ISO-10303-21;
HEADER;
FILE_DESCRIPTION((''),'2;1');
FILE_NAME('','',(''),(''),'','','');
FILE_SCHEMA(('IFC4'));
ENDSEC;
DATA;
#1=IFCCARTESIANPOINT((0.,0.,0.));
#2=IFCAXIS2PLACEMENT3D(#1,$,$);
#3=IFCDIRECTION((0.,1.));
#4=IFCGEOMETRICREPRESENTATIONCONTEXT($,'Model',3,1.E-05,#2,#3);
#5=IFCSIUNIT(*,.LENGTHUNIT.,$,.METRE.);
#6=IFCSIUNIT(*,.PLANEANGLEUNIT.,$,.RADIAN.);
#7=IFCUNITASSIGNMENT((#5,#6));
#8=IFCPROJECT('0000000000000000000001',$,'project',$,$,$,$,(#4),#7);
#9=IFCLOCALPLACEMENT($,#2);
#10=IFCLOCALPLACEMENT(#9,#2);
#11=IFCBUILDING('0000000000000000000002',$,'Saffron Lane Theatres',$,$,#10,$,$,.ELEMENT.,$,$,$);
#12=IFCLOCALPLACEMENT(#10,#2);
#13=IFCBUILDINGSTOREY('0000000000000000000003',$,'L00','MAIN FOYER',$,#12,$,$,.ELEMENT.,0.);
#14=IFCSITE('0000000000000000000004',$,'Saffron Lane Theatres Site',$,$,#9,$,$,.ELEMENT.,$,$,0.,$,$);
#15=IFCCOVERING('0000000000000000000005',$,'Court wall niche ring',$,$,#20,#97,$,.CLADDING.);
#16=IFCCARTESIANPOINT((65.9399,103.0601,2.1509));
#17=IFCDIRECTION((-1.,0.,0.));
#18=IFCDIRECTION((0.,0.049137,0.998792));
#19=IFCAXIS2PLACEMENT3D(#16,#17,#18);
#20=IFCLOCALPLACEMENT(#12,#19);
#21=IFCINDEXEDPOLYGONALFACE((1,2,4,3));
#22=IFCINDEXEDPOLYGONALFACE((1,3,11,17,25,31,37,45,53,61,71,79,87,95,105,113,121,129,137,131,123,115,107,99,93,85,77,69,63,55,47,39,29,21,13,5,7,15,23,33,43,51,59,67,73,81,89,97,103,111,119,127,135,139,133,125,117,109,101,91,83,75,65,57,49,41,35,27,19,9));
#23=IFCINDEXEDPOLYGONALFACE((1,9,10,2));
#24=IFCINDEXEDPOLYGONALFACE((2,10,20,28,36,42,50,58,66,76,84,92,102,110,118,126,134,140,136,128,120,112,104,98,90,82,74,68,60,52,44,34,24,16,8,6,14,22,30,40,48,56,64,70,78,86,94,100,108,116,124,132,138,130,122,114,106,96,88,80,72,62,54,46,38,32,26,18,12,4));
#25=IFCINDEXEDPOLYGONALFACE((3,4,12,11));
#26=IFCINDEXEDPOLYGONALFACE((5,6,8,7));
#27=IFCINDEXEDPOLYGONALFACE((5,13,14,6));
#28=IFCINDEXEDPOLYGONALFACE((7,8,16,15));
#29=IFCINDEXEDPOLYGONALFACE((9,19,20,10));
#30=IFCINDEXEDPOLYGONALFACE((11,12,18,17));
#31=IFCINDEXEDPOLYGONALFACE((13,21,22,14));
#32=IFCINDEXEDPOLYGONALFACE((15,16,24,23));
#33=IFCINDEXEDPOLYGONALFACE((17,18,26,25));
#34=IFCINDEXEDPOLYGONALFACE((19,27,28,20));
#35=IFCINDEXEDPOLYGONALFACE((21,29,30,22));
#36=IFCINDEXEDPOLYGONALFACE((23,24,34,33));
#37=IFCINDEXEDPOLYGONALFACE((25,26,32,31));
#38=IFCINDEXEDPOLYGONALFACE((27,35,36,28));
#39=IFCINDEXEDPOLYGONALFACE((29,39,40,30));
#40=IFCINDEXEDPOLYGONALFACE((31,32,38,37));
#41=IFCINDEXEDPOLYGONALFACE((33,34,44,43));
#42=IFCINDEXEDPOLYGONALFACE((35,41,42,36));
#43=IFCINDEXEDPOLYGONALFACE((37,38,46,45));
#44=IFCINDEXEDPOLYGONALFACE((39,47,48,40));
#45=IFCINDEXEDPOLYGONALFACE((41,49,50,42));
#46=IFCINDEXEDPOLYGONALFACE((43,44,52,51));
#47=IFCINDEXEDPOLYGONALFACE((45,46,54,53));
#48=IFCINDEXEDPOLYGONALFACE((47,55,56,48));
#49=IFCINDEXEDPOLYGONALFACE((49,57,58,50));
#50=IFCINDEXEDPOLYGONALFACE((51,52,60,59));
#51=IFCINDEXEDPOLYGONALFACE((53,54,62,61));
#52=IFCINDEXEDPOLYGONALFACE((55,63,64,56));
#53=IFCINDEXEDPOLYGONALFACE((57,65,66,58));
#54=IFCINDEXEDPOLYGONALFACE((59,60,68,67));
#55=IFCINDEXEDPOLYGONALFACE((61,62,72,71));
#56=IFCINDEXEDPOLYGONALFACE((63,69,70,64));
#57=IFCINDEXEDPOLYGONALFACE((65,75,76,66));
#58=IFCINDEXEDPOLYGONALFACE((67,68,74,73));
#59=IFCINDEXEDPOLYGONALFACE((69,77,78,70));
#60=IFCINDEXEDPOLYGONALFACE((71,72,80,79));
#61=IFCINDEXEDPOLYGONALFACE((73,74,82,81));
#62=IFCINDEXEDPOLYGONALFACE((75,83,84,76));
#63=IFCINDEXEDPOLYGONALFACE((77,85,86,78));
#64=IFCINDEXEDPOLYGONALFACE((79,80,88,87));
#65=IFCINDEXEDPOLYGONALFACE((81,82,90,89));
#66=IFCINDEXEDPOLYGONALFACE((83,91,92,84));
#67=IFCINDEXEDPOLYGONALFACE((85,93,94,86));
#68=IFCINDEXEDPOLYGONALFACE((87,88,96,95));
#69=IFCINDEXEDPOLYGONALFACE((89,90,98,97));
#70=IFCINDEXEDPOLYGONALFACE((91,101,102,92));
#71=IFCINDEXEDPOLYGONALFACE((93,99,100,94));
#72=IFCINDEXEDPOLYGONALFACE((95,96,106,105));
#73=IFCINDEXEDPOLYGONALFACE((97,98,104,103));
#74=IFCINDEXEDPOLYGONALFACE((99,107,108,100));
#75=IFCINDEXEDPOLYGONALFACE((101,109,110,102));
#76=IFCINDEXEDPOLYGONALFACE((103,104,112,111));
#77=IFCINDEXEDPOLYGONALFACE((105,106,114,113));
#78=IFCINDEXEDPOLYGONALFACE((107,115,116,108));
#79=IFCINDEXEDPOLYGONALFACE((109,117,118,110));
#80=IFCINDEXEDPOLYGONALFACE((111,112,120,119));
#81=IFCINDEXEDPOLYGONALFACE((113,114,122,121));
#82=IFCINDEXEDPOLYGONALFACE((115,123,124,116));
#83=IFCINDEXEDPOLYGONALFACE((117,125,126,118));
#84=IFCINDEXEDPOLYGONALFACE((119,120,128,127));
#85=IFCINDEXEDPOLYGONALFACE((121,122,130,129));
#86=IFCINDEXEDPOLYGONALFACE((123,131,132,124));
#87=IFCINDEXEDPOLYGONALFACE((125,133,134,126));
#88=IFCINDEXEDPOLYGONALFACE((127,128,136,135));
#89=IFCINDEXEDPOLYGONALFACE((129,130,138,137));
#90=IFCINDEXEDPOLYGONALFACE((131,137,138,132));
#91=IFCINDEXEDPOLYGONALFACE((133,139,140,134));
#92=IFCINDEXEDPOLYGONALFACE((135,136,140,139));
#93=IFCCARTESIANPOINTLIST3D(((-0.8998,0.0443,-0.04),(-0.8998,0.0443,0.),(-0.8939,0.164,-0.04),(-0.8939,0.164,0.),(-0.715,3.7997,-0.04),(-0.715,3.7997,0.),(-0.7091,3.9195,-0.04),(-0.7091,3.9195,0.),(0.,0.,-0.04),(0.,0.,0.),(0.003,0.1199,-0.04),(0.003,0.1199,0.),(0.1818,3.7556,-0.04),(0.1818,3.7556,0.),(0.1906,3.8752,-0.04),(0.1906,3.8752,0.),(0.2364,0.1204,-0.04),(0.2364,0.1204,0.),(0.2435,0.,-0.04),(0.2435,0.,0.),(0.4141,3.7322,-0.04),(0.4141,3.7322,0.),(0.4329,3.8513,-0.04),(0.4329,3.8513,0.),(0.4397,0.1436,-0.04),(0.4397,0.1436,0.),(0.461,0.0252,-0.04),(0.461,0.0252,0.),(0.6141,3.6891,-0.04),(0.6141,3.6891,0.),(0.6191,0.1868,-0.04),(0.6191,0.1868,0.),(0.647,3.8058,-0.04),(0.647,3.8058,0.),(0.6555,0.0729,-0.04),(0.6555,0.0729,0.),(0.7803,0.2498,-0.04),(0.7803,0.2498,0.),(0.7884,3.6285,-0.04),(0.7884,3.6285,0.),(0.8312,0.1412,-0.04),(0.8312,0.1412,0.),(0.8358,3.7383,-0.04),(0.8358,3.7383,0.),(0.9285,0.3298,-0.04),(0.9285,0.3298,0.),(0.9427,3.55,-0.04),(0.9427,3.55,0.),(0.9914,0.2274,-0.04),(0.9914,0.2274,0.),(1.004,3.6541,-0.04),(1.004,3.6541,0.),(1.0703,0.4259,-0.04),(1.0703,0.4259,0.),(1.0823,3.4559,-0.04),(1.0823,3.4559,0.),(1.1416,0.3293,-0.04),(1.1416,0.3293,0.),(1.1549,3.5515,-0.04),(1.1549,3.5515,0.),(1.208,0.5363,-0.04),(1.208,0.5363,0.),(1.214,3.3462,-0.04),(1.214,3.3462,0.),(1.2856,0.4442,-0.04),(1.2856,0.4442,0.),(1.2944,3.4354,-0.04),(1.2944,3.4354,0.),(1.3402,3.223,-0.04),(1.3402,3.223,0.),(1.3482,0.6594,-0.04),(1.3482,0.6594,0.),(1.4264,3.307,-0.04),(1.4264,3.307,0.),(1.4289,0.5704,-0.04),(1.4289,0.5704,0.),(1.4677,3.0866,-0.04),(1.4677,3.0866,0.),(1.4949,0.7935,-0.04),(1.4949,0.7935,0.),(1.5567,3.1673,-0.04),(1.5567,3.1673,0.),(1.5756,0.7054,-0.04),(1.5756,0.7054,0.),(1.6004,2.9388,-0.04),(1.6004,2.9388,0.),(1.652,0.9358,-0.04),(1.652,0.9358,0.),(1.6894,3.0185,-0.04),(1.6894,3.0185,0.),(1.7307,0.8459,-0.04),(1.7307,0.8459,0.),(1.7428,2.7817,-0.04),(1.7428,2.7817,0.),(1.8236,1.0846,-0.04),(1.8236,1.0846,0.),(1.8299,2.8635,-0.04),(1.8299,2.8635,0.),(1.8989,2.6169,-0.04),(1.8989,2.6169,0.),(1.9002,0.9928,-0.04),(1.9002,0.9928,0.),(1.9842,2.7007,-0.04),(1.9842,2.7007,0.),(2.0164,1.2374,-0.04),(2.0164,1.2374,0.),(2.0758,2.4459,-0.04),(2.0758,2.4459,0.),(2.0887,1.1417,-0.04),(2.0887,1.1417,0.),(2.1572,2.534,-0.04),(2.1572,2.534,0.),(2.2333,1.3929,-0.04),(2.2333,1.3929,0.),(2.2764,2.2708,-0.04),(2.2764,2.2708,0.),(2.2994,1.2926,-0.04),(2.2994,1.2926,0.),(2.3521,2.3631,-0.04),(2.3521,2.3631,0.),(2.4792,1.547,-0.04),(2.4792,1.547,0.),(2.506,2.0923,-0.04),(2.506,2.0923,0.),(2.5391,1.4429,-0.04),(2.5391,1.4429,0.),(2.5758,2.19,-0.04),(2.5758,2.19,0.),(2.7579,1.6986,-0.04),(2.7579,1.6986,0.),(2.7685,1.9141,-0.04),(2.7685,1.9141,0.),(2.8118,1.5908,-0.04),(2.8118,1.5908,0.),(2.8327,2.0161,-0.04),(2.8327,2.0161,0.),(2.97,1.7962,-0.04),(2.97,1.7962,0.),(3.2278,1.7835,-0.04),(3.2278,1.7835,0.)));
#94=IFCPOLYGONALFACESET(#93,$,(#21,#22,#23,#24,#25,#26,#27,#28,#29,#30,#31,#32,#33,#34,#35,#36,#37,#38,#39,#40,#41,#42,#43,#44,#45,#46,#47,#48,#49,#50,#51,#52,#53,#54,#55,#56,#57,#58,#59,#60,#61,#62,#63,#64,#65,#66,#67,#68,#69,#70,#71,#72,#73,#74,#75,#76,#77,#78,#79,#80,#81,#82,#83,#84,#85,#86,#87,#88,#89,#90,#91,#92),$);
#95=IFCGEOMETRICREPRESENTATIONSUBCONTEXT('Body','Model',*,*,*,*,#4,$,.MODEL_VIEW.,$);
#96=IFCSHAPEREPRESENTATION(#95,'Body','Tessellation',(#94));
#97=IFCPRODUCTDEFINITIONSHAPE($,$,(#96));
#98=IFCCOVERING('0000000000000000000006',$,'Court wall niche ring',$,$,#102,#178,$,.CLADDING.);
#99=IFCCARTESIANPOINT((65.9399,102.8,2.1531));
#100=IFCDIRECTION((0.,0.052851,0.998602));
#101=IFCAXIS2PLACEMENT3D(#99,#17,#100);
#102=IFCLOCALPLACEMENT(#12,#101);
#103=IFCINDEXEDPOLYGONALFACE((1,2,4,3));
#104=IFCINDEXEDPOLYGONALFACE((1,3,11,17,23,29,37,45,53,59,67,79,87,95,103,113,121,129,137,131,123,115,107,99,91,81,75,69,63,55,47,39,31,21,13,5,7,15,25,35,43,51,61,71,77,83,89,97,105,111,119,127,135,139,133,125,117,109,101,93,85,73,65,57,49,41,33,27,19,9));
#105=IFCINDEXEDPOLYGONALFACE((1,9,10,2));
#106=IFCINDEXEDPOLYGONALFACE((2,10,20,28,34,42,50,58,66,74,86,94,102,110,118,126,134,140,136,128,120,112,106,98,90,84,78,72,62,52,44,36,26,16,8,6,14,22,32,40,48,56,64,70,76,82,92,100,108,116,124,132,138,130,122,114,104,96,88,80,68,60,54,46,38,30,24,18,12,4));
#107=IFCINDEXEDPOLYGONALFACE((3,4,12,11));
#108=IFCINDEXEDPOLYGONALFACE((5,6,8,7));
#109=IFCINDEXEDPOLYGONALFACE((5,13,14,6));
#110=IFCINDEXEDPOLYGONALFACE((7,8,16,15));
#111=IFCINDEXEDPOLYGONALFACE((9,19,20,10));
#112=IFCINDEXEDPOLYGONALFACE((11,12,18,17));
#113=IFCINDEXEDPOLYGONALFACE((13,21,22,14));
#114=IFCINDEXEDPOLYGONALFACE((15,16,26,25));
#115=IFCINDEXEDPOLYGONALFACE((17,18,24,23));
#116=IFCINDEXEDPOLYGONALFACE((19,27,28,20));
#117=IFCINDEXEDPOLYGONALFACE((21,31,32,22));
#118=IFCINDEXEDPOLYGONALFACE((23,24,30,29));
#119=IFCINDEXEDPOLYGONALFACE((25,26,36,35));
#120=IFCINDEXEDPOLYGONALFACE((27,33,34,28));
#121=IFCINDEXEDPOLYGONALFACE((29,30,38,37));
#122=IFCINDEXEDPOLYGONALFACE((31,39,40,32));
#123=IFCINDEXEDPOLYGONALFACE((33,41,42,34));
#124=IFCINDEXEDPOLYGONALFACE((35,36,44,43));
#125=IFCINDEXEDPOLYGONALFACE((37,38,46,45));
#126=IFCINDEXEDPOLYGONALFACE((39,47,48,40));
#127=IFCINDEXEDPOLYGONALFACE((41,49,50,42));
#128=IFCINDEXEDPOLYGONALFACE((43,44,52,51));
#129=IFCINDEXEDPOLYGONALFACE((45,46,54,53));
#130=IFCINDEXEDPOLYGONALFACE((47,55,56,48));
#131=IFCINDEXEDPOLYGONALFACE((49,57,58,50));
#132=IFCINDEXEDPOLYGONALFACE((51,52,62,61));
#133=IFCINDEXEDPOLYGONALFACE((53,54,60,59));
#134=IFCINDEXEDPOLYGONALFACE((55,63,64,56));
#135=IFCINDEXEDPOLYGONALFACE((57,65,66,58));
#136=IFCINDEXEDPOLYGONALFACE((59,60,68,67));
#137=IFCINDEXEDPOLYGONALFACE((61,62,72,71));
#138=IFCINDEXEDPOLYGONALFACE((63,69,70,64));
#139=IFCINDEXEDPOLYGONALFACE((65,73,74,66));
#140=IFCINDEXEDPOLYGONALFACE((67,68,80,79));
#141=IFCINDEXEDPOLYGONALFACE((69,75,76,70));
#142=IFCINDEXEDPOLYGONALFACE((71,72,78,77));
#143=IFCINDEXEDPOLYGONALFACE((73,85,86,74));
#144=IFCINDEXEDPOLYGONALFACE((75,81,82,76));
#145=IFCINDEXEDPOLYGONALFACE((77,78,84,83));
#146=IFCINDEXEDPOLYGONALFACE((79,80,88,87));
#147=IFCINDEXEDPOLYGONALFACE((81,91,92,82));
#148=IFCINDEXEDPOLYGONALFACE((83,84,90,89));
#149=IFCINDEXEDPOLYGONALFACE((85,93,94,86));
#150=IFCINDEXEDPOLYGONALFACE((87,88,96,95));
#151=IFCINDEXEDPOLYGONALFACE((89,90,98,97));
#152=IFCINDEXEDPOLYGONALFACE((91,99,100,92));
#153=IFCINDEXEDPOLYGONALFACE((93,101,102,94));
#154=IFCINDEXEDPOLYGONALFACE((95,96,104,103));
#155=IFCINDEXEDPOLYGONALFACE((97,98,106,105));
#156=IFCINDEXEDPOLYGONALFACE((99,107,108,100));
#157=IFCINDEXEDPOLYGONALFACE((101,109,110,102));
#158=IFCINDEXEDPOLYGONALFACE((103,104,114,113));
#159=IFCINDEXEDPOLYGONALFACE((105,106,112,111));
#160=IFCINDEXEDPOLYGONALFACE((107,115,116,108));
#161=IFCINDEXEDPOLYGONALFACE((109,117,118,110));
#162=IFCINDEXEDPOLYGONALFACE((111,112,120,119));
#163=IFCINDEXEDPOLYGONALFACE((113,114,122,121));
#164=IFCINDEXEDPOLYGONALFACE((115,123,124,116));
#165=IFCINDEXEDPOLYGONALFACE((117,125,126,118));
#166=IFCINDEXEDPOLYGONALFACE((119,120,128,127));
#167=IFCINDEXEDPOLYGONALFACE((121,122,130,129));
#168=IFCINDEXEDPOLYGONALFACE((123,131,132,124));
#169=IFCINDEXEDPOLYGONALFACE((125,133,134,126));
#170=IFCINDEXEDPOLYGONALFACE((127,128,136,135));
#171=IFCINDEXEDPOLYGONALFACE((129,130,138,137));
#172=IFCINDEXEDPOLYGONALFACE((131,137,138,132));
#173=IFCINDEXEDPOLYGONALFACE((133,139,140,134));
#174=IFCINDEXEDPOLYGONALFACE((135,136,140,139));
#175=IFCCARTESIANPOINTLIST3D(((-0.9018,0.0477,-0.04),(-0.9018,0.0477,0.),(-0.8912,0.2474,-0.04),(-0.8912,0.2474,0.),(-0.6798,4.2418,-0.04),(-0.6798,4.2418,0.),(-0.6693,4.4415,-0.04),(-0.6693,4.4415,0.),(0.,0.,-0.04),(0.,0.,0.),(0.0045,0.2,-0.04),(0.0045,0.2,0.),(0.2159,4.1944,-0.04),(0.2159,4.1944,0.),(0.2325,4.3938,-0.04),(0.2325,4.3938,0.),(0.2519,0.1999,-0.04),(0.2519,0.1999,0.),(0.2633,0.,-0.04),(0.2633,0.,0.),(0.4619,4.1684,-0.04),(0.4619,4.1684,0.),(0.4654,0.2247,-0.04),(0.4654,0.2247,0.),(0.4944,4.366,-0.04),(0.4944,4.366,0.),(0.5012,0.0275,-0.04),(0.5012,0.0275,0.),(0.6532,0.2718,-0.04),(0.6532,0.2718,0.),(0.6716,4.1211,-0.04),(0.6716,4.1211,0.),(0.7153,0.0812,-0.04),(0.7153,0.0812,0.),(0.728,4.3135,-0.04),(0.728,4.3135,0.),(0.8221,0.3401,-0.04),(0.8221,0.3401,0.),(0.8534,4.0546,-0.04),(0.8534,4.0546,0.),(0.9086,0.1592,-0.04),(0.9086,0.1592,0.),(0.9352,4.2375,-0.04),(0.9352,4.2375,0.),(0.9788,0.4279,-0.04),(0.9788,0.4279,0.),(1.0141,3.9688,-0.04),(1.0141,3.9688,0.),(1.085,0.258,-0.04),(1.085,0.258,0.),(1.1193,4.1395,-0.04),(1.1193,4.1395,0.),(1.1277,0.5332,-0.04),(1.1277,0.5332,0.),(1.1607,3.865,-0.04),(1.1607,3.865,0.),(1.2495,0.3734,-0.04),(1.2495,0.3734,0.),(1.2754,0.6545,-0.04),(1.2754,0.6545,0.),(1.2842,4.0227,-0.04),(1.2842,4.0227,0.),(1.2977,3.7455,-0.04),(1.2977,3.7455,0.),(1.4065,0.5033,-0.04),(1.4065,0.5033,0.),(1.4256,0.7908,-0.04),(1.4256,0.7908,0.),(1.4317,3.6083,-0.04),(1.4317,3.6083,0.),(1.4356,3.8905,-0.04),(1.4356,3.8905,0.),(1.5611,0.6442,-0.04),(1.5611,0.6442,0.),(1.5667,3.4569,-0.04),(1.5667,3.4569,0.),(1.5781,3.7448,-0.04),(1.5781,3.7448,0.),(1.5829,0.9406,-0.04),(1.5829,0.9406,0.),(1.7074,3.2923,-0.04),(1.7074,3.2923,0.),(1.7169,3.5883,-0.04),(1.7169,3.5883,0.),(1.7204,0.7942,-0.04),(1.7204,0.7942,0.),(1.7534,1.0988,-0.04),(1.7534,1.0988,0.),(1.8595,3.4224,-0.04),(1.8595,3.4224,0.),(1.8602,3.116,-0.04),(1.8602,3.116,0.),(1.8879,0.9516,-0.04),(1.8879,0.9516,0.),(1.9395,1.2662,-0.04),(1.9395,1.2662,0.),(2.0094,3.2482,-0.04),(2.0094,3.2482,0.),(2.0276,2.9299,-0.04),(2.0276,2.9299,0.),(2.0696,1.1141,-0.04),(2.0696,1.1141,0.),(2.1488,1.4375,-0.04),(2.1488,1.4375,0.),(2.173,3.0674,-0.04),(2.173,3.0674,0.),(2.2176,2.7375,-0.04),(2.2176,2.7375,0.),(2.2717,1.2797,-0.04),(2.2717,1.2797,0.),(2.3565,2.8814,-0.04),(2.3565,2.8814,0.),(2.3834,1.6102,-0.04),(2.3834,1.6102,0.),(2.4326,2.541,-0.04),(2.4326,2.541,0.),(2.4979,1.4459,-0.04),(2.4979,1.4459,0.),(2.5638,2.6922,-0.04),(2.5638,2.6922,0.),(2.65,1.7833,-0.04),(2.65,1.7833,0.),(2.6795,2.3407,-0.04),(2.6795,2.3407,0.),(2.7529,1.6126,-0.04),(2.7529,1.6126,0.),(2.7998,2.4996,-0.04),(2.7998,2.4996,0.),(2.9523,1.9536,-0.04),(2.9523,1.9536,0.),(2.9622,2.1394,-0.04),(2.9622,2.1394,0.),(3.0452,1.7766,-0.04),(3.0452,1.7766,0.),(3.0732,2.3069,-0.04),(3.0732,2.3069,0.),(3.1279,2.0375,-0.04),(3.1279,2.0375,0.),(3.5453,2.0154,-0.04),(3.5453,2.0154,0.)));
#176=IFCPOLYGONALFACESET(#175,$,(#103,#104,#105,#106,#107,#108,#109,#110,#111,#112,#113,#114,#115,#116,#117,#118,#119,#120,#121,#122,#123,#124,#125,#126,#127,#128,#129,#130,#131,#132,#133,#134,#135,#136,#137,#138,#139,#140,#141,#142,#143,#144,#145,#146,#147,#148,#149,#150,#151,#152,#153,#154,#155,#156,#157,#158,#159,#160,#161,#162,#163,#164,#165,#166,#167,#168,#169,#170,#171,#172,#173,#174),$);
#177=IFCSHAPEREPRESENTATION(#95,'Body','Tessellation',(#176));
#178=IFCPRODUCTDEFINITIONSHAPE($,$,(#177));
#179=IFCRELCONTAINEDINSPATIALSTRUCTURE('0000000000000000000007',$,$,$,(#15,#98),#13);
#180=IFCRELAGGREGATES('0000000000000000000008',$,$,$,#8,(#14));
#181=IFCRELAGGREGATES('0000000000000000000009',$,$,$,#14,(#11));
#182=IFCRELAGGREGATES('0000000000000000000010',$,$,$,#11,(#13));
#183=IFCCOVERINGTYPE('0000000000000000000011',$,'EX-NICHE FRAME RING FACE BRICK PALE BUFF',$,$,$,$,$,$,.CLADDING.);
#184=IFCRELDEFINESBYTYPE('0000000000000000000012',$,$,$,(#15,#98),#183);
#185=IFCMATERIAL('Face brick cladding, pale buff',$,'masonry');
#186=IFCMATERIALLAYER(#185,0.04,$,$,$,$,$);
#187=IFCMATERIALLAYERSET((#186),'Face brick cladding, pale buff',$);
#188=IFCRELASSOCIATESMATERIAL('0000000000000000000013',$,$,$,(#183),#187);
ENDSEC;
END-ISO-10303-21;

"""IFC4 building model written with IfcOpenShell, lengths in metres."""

from ifc_helpers import new_model, si_unit, direction, frame, origin, place, context, subcontext, project, spatial, polyline, outline, extrude, material, layer, layer_set, type_object, element, save


model = new_model("IFC4")

# Units and contexts
model_context = context("Model", 3, precision=1e-05, world=origin(), true_north=direction((0.0, 1.0)))
body_context = subcontext(model_context, "Body", "Model", "MODEL_VIEW")
ifc_project = project(units=[si_unit("LENGTHUNIT", "METRE"), si_unit("PLANEANGLEUNIT", "RADIAN")], contexts=[model_context])

# Site, building, storey
site_placement = place(None, origin())
site = spatial("IfcSite", under=ifc_project, at=site_placement, Name="Saffron Lane Theatres Site", CompositionType="ELEMENT", RefElevation=0.0)
building_placement = place(site_placement, origin())
building = spatial("IfcBuilding", under=site, at=building_placement, Name="Saffron Lane Theatres", CompositionType="ELEMENT")
storey_placement = place(building_placement, origin())
storey = spatial("IfcBuildingStorey", under=building, at=storey_placement, Name="L00", Description="MAIN FOYER", CompositionType="ELEMENT", Elevation=0.0)

# Coverings
ifc_material_1 = material(Name="Face brick cladding, pale buff", Category="masonry")
ifc_layer_1 = layer(ifc_material_1, 0.04)
ifc_layer_set_1 = layer_set([ifc_layer_1], Name="Face brick cladding, pale buff")
covering_type_1 = type_object("IfcCoveringType", Name="EX-NICHE FRAME RING FACE BRICK PALE BUFF", PredefinedType="CLADDING", material=ifc_layer_set_1)
covering_1_placement = place(storey_placement, frame((65.9399, 103.0601, 2.1509), z_axis=(-1.0, 0.0, 0.0), x_axis=(0.0, 0.049137, 0.998792)))
element("IfcCovering", 1, at=covering_1_placement, inside=storey, type_object=covering_type_1, Name="Court wall niche ring", PredefinedType="CLADDING", context=body_context, shape_type="SweptSolid", body=[
    extrude(outline(polyline([(0.0, 0.0), (0.2435, 0.0), (0.461, 0.0252), (0.6555, 0.0729), (0.8312, 0.1412), (0.9914, 0.2274), (1.1416, 0.3293), (1.2856, 0.4442), (1.4289, 0.5704), (1.5756, 0.7054), (1.7307, 0.8459), (1.9002, 0.9928), (2.0887, 1.1417), (2.2994, 1.2926), (2.5391, 1.4429), (2.8118, 1.5908), (3.2278, 1.7835), (2.8327, 2.0161), (2.5758, 2.19), (2.3521, 2.3631), (2.1572, 2.534), (1.9842, 2.7007), (1.8299, 2.8635), (1.6894, 3.0185), (1.5567, 3.1673), (1.4264, 3.307), (1.2944, 3.4354), (1.1549, 3.5515), (1.004, 3.6541), (0.8358, 3.7383), (0.647, 3.8058), (0.4329, 3.8513), (0.1906, 3.8752), (-0.7091, 3.9195), (-0.715, 3.7997), (0.1818, 3.7556), (0.4141, 3.7322), (0.6141, 3.6891), (0.7884, 3.6285), (0.9427, 3.55), (1.0823, 3.4559), (1.214, 3.3462), (1.3402, 3.223), (1.4677, 3.0866), (1.6004, 2.9388), (1.7428, 2.7817), (1.8989, 2.6169), (2.0758, 2.4459), (2.2764, 2.2708), (2.506, 2.0923), (2.7685, 1.9141), (2.97, 1.7962), (2.7579, 1.6986), (2.4792, 1.547), (2.2333, 1.3929), (2.0164, 1.2374), (1.8236, 1.0846), (1.652, 0.9358), (1.4949, 0.7935), (1.3482, 0.6594), (1.208, 0.5363), (1.0703, 0.4259), (0.9285, 0.3298), (0.7803, 0.2498), (0.6191, 0.1868), (0.4397, 0.1436), (0.2364, 0.1204), (0.003, 0.1199), (-0.8939, 0.164), (-0.8998, 0.0443), (0.0, 0.0)])), origin(), (0.0, 0.0, -1.0), 0.04),
])
covering_2_placement = place(storey_placement, frame((65.9399, 102.8, 2.1531), z_axis=(-1.0, 0.0, 0.0), x_axis=(0.0, 0.052851, 0.998602)))
element("IfcCovering", 2, at=covering_2_placement, inside=storey, type_object=covering_type_1, Name="Court wall niche ring", PredefinedType="CLADDING", context=body_context, shape_type="SweptSolid", body=[
    extrude(outline(polyline([(0.0, 0.0), (0.2633, 0.0), (0.5012, 0.0275), (0.7153, 0.0812), (0.9086, 0.1592), (1.085, 0.258), (1.2495, 0.3734), (1.4065, 0.5033), (1.5611, 0.6442), (1.7204, 0.7942), (1.8879, 0.9516), (2.0696, 1.1141), (2.2717, 1.2797), (2.4979, 1.4459), (2.7529, 1.6126), (3.0452, 1.7766), (3.5453, 2.0154), (3.0732, 2.3069), (2.7998, 2.4996), (2.5638, 2.6922), (2.3565, 2.8814), (2.173, 3.0674), (2.0094, 3.2482), (1.8595, 3.4224), (1.7169, 3.5883), (1.5781, 3.7448), (1.4356, 3.8905), (1.2842, 4.0227), (1.1193, 4.1395), (0.9352, 4.2375), (0.728, 4.3135), (0.4944, 4.366), (0.2325, 4.3938), (-0.6693, 4.4415), (-0.6798, 4.2418), (0.2159, 4.1944), (0.4619, 4.1684), (0.6716, 4.1211), (0.8534, 4.0546), (1.0141, 3.9688), (1.1607, 3.865), (1.2977, 3.7455), (1.4317, 3.6083), (1.5667, 3.4569), (1.7074, 3.2923), (1.8602, 3.116), (2.0276, 2.9299), (2.2176, 2.7375), (2.4326, 2.541), (2.6795, 2.3407), (2.9622, 2.1394), (3.1279, 2.0375), (2.9523, 1.9536), (2.65, 1.7833), (2.3834, 1.6102), (2.1488, 1.4375), (1.9395, 1.2662), (1.7534, 1.0988), (1.5829, 0.9406), (1.4256, 0.7908), (1.2754, 0.6545), (1.1277, 0.5332), (0.9788, 0.4279), (0.8221, 0.3401), (0.6532, 0.2718), (0.4654, 0.2247), (0.2519, 0.1999), (0.0045, 0.2), (-0.8912, 0.2474), (-0.9018, 0.0477), (0.0, 0.0)])), origin(), (0.0, 0.0, -1.0), 0.04),
])

save(model, "model.ifc")
